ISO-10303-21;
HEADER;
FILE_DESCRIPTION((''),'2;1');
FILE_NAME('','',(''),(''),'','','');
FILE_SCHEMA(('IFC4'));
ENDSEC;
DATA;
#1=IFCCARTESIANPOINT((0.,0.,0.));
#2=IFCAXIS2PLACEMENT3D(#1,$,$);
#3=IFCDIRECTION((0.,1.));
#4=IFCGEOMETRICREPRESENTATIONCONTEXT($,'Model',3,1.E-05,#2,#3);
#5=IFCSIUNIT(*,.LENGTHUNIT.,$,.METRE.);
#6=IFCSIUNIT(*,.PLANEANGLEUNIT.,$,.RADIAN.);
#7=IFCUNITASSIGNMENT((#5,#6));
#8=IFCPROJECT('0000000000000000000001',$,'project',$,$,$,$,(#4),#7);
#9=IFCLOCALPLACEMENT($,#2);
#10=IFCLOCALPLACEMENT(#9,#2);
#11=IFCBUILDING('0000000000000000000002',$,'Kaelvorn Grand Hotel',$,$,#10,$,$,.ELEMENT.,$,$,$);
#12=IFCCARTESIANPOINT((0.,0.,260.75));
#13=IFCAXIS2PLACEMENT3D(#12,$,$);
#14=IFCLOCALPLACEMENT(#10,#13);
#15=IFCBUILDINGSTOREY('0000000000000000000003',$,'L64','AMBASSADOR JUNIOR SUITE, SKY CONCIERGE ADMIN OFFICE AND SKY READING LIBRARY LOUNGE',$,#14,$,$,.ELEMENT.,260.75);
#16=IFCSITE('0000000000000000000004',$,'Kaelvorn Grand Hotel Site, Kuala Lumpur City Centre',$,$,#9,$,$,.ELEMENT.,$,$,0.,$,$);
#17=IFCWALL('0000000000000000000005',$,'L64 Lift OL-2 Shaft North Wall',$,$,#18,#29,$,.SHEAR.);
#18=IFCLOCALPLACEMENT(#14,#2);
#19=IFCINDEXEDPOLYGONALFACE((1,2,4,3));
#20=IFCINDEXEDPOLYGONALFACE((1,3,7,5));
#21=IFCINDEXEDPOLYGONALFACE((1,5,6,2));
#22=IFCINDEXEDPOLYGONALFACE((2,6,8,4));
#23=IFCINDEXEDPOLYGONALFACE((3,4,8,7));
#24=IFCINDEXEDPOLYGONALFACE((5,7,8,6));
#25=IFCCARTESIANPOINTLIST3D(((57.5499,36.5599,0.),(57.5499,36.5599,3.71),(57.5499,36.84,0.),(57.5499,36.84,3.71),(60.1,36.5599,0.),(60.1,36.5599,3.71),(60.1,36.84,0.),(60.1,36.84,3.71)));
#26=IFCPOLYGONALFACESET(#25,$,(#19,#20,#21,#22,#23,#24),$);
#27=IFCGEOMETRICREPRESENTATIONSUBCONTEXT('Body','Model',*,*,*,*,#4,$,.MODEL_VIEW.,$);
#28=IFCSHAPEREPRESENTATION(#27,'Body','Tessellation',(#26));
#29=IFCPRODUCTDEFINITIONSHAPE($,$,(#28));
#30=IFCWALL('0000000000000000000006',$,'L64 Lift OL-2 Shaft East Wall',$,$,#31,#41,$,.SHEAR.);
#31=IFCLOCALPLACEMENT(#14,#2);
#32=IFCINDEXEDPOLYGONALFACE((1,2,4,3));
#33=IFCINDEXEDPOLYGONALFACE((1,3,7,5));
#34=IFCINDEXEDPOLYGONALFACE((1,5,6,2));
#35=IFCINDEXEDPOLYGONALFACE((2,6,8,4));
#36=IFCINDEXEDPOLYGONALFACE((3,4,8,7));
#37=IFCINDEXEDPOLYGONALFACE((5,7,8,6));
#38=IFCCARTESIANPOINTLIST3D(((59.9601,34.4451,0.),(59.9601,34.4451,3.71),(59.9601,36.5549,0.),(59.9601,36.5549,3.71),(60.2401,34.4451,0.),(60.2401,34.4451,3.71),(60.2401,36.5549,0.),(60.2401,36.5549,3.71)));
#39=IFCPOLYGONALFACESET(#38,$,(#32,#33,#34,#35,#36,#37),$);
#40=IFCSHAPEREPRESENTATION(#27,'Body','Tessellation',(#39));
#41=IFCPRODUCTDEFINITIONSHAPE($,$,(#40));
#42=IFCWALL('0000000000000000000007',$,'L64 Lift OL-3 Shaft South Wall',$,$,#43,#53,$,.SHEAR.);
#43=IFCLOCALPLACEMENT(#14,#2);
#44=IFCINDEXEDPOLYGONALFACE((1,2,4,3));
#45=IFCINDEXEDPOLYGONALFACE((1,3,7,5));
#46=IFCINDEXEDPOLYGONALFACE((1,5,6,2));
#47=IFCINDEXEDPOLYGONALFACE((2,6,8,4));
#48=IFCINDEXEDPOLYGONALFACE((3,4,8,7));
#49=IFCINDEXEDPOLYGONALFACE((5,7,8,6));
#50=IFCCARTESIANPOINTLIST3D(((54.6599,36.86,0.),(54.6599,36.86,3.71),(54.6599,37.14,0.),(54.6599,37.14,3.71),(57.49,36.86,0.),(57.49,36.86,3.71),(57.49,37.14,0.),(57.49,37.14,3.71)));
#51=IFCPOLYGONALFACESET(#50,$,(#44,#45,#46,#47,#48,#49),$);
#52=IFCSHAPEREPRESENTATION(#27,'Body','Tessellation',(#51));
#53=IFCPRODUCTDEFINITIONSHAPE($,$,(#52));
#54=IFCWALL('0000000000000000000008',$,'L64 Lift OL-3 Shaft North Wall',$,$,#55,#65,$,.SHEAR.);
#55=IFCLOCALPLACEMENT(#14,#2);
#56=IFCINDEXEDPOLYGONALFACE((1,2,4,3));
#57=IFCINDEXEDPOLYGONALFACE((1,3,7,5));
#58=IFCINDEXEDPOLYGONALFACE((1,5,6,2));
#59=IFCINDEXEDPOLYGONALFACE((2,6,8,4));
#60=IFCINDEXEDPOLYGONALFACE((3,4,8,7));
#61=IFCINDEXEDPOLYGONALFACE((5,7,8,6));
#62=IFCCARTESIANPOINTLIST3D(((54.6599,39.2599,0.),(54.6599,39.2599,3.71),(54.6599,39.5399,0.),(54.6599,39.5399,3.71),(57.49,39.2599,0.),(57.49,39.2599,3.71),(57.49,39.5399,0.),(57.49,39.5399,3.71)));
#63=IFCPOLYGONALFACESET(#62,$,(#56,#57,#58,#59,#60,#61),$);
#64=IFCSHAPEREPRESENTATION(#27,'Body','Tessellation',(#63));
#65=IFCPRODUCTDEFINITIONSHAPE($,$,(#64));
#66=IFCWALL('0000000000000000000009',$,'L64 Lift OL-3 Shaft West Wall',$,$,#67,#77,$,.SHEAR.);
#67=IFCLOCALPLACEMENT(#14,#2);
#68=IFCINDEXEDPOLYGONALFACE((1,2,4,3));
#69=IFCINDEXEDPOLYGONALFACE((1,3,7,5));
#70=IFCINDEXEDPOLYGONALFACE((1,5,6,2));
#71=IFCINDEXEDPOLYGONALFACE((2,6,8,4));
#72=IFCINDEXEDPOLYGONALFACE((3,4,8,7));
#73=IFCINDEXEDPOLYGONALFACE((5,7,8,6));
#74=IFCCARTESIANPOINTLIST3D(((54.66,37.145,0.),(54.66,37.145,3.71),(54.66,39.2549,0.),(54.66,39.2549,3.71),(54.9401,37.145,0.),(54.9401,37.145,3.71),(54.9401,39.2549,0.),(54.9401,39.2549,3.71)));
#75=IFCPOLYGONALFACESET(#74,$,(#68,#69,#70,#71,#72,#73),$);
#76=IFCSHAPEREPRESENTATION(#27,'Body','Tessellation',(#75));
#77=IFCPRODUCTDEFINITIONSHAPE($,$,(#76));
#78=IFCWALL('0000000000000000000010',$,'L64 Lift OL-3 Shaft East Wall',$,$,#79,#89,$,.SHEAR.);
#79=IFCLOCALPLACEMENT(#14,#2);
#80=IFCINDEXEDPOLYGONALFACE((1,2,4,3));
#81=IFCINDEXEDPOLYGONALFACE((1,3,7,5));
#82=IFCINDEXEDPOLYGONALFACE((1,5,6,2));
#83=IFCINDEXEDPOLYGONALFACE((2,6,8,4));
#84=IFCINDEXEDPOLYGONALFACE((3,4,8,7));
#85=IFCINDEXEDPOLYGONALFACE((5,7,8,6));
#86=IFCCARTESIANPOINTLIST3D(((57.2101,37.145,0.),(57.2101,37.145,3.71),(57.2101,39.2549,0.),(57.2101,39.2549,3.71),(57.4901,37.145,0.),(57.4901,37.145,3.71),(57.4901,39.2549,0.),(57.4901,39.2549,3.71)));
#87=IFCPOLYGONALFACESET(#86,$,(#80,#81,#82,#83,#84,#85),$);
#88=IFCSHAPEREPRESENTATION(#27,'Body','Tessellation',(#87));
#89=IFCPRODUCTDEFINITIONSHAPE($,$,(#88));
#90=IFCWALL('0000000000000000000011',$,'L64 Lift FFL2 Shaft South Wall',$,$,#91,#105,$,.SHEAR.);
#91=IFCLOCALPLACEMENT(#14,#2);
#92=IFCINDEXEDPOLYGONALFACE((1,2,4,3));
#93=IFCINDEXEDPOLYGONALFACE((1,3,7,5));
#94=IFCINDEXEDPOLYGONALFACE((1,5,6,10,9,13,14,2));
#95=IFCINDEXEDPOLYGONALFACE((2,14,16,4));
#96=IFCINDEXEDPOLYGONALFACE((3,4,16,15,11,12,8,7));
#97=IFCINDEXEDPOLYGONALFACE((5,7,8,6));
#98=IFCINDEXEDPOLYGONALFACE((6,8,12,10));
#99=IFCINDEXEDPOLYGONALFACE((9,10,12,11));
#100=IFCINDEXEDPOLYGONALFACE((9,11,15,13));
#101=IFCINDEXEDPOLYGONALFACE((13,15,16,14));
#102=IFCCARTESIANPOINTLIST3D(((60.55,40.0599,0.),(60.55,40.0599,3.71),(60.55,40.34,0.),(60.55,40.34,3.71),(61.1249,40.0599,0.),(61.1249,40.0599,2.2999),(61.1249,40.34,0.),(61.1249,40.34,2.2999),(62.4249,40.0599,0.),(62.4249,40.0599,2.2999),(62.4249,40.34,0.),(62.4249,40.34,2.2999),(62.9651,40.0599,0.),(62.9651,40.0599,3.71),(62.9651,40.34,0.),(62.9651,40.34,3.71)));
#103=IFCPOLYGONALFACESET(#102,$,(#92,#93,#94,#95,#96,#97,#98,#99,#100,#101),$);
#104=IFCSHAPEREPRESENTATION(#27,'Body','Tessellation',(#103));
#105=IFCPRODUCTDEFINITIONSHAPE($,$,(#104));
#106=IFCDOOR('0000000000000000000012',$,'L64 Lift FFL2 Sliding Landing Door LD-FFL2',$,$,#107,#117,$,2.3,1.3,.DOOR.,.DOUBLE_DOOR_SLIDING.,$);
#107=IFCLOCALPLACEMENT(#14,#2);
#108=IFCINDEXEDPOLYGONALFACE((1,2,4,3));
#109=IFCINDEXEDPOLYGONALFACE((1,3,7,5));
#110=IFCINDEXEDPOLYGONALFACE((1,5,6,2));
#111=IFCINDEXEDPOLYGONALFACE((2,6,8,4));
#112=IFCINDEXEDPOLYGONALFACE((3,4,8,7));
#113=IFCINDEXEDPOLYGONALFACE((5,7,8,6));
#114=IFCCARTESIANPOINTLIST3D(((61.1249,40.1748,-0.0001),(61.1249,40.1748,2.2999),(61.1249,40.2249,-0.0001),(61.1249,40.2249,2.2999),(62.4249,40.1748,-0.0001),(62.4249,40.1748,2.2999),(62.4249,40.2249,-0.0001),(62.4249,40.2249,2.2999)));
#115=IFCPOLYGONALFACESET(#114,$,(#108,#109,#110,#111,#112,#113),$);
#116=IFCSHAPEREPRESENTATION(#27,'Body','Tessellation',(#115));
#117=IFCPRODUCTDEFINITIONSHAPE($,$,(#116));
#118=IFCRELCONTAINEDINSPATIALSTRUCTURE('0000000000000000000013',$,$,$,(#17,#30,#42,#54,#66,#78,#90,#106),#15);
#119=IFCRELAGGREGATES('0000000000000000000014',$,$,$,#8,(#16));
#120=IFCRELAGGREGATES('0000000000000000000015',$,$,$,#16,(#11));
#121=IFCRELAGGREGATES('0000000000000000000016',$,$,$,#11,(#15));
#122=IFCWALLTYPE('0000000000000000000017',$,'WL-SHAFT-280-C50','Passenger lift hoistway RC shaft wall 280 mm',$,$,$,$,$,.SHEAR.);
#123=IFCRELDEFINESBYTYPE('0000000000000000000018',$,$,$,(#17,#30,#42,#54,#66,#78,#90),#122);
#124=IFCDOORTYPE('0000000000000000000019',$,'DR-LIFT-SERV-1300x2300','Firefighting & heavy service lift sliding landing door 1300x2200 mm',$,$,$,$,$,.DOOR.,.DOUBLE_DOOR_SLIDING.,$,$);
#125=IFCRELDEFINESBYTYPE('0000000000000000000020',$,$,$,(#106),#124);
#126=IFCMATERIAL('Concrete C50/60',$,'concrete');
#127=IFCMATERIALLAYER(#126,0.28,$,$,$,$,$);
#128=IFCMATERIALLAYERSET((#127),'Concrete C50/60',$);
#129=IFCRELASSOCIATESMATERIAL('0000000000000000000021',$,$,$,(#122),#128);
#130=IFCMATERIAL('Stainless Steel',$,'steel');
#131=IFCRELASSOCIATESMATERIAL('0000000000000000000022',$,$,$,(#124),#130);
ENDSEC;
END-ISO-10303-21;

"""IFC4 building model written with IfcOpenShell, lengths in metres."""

from ifc_helpers import new_model, si_unit, direction, frame, frame_2d, origin, place, context, subcontext, project, spatial, rectangle, extrude, material, layer, layer_set, type_object, element, fill, save


model = new_model("IFC4")

# Units and contexts
model_context = context("Model", 3, precision=1e-05, world=origin(), true_north=direction((0.0, 1.0)))
body_context = subcontext(model_context, "Body", "Model", "MODEL_VIEW")
ifc_project = project(units=[si_unit("LENGTHUNIT", "METRE"), si_unit("PLANEANGLEUNIT", "RADIAN")], contexts=[model_context])

# Site, building, storey
site_placement = place(None, origin())
site = spatial("IfcSite", under=ifc_project, at=site_placement, Name="Kaelvorn Grand Hotel Site, Kuala Lumpur City Centre", CompositionType="ELEMENT", RefElevation=0.0)
building_placement = place(site_placement, origin())
building = spatial("IfcBuilding", under=site, at=building_placement, Name="Kaelvorn Grand Hotel", CompositionType="ELEMENT")
storey_placement = place(building_placement, frame((0.0, 0.0, 260.75)))
storey = spatial("IfcBuildingStorey", under=building, at=storey_placement, Name="L64", Description="AMBASSADOR JUNIOR SUITE, SKY CONCIERGE ADMIN OFFICE AND SKY READING LIBRARY LOUNGE", CompositionType="ELEMENT", Elevation=260.75)

# Shared definitions
ifc_material_1 = material(Name="Concrete C50/60", Category="concrete")

# Walls
ifc_layer_1 = layer(ifc_material_1, 0.28)
ifc_layer_set_1 = layer_set([ifc_layer_1], Name="Concrete C50/60")
wall_type_1 = type_object("IfcWallType", Name="WL-SHAFT-280-C50", Description="Passenger lift hoistway RC shaft wall 280 mm", PredefinedType="SHEAR", material=ifc_layer_set_1)
for number, where, z_axis, x_axis, name in (
    (1, (57.55, 36.7, 0.0), (0.0, 0.0, 1.0), (1.0, 0.0, 0.0), "L64 Lift OL-2 Shaft North Wall"),
):
    element("IfcWall", number, at=place(storey_placement, frame(where, z_axis=z_axis, x_axis=x_axis)), inside=storey, type_object=wall_type_1, Name=name, PredefinedType="SHEAR", context=body_context, shape_type="SweptSolid", body=[
        extrude(rectangle(XDim=2.55, YDim=0.28, at=frame_2d((1.2749, 0.0))), origin(), (0.0, 0.0, 1.0), 3.71),
    ])
wall_1_placement = place(storey_placement, frame((60.1001, 34.4451, 0.0), z_axis=(0.0, 0.0, 1.0), x_axis=(0.0, 1.0, 0.0)))
element("IfcWall", 2, at=wall_1_placement, inside=storey, type_object=wall_type_1, Name="L64 Lift OL-2 Shaft East Wall", PredefinedType="SHEAR", context=body_context, shape_type="SweptSolid", body=[
    extrude(rectangle(XDim=2.1099, YDim=0.28, at=frame_2d((1.0549, 0.0))), origin(), (0.0, 0.0, 1.0), 3.71),
])
for number, where, z_axis, x_axis, name in (
    (3, (54.6599, 37.0, 0.0), (0.0, 0.0, 1.0), (1.0, 0.0, 0.0), "L64 Lift OL-3 Shaft South Wall"),
    (4, (54.6599, 39.3999, 0.0), (0.0, 0.0, 1.0), (1.0, 0.0, 0.0), "L64 Lift OL-3 Shaft North Wall"),
):
    element("IfcWall", number, at=place(storey_placement, frame(where, z_axis=z_axis, x_axis=x_axis)), inside=storey, type_object=wall_type_1, Name=name, PredefinedType="SHEAR", context=body_context, shape_type="SweptSolid", body=[
        extrude(rectangle(XDim=2.8301, YDim=0.28, at=frame_2d((1.415, 0.0))), origin(), (0.0, 0.0, 1.0), 3.71),
    ])
for number, where, z_axis, x_axis, name in (
    (5, (54.8, 37.145, 0.0), (0.0, 0.0, 1.0), (0.0, 1.0, 0.0), "L64 Lift OL-3 Shaft West Wall"),
    (6, (57.3501, 37.145, 0.0), (0.0, 0.0, 1.0), (0.0, 1.0, 0.0), "L64 Lift OL-3 Shaft East Wall"),
):
    element("IfcWall", number, at=place(storey_placement, frame(where, z_axis=z_axis, x_axis=x_axis)), inside=storey, type_object=wall_type_1, Name=name, PredefinedType="SHEAR", context=body_context, shape_type="SweptSolid", body=[
        extrude(rectangle(XDim=2.1099, YDim=0.28, at=frame_2d((1.0549, 0.0))), origin(), (0.0, 0.0, 1.0), 3.71),
    ])

# Wall, opening, door
wall_2_placement = place(storey_placement, frame((60.55, 40.2, 0.0), z_axis=(0.0, 0.0, 1.0), x_axis=(1.0, 0.0, 0.0)))
wall_2 = element("IfcWall", 7, at=wall_2_placement, inside=storey, type_object=wall_type_1, Name="L64 Lift FFL2 Shaft South Wall", PredefinedType="SHEAR", context=body_context, shape_type="SweptSolid", body=[
    extrude(rectangle(XDim=2.415, YDim=0.28, at=frame_2d((1.2075, 0.0))), origin(), (0.0, 0.0, 1.0), 3.71),
])
opening_1_placement = place(wall_2_placement, frame((0.575, 0.0, 0.0)))
opening_1 = element("IfcOpeningElement", 8, at=opening_1_placement, cuts=wall_2, PredefinedType="OPENING", context=body_context, shape_type="SweptSolid", body=[
    extrude(rectangle(XDim=1.3, YDim=2.3, at=frame_2d((0.6499, 1.1499))), frame((0.0, 0.1499, 0.0), z_axis=(0.0, -1.0, 0.0), x_axis=(1.0, 0.0, 0.0)), (0.0, 0.0, 1.0), 0.3),
])
ifc_material_2 = material(Name="Stainless Steel", Category="steel")
door_type_1 = type_object("IfcDoorType", Name="DR-LIFT-SERV-1300x2300", Description="Firefighting & heavy service lift sliding landing door 1300x2200 mm", OperationType="DOUBLE_DOOR_SLIDING", PredefinedType="DOOR", material=ifc_material_2)
door_1_placement = place(opening_1_placement, origin())
door_1 = element("IfcDoor", 9, at=door_1_placement, inside=storey, type_object=door_type_1, Name="L64 Lift FFL2 Sliding Landing Door LD-FFL2", OperationType="DOUBLE_DOOR_SLIDING", OverallHeight=2.3, OverallWidth=1.3, PredefinedType="DOOR", context=body_context, shape_type="SweptSolid", body=[
    extrude(rectangle(XDim=1.3, YDim=2.3, at=frame_2d((0.6499, 1.1499))), frame((0.0, 0.0249, 0.0), z_axis=(0.0, -1.0, 0.0), x_axis=(1.0, 0.0, 0.0)), (0.0, 0.0, 1.0), 0.05),
])
fill(opening_1, door_1)

save(model, "model.ifc")
